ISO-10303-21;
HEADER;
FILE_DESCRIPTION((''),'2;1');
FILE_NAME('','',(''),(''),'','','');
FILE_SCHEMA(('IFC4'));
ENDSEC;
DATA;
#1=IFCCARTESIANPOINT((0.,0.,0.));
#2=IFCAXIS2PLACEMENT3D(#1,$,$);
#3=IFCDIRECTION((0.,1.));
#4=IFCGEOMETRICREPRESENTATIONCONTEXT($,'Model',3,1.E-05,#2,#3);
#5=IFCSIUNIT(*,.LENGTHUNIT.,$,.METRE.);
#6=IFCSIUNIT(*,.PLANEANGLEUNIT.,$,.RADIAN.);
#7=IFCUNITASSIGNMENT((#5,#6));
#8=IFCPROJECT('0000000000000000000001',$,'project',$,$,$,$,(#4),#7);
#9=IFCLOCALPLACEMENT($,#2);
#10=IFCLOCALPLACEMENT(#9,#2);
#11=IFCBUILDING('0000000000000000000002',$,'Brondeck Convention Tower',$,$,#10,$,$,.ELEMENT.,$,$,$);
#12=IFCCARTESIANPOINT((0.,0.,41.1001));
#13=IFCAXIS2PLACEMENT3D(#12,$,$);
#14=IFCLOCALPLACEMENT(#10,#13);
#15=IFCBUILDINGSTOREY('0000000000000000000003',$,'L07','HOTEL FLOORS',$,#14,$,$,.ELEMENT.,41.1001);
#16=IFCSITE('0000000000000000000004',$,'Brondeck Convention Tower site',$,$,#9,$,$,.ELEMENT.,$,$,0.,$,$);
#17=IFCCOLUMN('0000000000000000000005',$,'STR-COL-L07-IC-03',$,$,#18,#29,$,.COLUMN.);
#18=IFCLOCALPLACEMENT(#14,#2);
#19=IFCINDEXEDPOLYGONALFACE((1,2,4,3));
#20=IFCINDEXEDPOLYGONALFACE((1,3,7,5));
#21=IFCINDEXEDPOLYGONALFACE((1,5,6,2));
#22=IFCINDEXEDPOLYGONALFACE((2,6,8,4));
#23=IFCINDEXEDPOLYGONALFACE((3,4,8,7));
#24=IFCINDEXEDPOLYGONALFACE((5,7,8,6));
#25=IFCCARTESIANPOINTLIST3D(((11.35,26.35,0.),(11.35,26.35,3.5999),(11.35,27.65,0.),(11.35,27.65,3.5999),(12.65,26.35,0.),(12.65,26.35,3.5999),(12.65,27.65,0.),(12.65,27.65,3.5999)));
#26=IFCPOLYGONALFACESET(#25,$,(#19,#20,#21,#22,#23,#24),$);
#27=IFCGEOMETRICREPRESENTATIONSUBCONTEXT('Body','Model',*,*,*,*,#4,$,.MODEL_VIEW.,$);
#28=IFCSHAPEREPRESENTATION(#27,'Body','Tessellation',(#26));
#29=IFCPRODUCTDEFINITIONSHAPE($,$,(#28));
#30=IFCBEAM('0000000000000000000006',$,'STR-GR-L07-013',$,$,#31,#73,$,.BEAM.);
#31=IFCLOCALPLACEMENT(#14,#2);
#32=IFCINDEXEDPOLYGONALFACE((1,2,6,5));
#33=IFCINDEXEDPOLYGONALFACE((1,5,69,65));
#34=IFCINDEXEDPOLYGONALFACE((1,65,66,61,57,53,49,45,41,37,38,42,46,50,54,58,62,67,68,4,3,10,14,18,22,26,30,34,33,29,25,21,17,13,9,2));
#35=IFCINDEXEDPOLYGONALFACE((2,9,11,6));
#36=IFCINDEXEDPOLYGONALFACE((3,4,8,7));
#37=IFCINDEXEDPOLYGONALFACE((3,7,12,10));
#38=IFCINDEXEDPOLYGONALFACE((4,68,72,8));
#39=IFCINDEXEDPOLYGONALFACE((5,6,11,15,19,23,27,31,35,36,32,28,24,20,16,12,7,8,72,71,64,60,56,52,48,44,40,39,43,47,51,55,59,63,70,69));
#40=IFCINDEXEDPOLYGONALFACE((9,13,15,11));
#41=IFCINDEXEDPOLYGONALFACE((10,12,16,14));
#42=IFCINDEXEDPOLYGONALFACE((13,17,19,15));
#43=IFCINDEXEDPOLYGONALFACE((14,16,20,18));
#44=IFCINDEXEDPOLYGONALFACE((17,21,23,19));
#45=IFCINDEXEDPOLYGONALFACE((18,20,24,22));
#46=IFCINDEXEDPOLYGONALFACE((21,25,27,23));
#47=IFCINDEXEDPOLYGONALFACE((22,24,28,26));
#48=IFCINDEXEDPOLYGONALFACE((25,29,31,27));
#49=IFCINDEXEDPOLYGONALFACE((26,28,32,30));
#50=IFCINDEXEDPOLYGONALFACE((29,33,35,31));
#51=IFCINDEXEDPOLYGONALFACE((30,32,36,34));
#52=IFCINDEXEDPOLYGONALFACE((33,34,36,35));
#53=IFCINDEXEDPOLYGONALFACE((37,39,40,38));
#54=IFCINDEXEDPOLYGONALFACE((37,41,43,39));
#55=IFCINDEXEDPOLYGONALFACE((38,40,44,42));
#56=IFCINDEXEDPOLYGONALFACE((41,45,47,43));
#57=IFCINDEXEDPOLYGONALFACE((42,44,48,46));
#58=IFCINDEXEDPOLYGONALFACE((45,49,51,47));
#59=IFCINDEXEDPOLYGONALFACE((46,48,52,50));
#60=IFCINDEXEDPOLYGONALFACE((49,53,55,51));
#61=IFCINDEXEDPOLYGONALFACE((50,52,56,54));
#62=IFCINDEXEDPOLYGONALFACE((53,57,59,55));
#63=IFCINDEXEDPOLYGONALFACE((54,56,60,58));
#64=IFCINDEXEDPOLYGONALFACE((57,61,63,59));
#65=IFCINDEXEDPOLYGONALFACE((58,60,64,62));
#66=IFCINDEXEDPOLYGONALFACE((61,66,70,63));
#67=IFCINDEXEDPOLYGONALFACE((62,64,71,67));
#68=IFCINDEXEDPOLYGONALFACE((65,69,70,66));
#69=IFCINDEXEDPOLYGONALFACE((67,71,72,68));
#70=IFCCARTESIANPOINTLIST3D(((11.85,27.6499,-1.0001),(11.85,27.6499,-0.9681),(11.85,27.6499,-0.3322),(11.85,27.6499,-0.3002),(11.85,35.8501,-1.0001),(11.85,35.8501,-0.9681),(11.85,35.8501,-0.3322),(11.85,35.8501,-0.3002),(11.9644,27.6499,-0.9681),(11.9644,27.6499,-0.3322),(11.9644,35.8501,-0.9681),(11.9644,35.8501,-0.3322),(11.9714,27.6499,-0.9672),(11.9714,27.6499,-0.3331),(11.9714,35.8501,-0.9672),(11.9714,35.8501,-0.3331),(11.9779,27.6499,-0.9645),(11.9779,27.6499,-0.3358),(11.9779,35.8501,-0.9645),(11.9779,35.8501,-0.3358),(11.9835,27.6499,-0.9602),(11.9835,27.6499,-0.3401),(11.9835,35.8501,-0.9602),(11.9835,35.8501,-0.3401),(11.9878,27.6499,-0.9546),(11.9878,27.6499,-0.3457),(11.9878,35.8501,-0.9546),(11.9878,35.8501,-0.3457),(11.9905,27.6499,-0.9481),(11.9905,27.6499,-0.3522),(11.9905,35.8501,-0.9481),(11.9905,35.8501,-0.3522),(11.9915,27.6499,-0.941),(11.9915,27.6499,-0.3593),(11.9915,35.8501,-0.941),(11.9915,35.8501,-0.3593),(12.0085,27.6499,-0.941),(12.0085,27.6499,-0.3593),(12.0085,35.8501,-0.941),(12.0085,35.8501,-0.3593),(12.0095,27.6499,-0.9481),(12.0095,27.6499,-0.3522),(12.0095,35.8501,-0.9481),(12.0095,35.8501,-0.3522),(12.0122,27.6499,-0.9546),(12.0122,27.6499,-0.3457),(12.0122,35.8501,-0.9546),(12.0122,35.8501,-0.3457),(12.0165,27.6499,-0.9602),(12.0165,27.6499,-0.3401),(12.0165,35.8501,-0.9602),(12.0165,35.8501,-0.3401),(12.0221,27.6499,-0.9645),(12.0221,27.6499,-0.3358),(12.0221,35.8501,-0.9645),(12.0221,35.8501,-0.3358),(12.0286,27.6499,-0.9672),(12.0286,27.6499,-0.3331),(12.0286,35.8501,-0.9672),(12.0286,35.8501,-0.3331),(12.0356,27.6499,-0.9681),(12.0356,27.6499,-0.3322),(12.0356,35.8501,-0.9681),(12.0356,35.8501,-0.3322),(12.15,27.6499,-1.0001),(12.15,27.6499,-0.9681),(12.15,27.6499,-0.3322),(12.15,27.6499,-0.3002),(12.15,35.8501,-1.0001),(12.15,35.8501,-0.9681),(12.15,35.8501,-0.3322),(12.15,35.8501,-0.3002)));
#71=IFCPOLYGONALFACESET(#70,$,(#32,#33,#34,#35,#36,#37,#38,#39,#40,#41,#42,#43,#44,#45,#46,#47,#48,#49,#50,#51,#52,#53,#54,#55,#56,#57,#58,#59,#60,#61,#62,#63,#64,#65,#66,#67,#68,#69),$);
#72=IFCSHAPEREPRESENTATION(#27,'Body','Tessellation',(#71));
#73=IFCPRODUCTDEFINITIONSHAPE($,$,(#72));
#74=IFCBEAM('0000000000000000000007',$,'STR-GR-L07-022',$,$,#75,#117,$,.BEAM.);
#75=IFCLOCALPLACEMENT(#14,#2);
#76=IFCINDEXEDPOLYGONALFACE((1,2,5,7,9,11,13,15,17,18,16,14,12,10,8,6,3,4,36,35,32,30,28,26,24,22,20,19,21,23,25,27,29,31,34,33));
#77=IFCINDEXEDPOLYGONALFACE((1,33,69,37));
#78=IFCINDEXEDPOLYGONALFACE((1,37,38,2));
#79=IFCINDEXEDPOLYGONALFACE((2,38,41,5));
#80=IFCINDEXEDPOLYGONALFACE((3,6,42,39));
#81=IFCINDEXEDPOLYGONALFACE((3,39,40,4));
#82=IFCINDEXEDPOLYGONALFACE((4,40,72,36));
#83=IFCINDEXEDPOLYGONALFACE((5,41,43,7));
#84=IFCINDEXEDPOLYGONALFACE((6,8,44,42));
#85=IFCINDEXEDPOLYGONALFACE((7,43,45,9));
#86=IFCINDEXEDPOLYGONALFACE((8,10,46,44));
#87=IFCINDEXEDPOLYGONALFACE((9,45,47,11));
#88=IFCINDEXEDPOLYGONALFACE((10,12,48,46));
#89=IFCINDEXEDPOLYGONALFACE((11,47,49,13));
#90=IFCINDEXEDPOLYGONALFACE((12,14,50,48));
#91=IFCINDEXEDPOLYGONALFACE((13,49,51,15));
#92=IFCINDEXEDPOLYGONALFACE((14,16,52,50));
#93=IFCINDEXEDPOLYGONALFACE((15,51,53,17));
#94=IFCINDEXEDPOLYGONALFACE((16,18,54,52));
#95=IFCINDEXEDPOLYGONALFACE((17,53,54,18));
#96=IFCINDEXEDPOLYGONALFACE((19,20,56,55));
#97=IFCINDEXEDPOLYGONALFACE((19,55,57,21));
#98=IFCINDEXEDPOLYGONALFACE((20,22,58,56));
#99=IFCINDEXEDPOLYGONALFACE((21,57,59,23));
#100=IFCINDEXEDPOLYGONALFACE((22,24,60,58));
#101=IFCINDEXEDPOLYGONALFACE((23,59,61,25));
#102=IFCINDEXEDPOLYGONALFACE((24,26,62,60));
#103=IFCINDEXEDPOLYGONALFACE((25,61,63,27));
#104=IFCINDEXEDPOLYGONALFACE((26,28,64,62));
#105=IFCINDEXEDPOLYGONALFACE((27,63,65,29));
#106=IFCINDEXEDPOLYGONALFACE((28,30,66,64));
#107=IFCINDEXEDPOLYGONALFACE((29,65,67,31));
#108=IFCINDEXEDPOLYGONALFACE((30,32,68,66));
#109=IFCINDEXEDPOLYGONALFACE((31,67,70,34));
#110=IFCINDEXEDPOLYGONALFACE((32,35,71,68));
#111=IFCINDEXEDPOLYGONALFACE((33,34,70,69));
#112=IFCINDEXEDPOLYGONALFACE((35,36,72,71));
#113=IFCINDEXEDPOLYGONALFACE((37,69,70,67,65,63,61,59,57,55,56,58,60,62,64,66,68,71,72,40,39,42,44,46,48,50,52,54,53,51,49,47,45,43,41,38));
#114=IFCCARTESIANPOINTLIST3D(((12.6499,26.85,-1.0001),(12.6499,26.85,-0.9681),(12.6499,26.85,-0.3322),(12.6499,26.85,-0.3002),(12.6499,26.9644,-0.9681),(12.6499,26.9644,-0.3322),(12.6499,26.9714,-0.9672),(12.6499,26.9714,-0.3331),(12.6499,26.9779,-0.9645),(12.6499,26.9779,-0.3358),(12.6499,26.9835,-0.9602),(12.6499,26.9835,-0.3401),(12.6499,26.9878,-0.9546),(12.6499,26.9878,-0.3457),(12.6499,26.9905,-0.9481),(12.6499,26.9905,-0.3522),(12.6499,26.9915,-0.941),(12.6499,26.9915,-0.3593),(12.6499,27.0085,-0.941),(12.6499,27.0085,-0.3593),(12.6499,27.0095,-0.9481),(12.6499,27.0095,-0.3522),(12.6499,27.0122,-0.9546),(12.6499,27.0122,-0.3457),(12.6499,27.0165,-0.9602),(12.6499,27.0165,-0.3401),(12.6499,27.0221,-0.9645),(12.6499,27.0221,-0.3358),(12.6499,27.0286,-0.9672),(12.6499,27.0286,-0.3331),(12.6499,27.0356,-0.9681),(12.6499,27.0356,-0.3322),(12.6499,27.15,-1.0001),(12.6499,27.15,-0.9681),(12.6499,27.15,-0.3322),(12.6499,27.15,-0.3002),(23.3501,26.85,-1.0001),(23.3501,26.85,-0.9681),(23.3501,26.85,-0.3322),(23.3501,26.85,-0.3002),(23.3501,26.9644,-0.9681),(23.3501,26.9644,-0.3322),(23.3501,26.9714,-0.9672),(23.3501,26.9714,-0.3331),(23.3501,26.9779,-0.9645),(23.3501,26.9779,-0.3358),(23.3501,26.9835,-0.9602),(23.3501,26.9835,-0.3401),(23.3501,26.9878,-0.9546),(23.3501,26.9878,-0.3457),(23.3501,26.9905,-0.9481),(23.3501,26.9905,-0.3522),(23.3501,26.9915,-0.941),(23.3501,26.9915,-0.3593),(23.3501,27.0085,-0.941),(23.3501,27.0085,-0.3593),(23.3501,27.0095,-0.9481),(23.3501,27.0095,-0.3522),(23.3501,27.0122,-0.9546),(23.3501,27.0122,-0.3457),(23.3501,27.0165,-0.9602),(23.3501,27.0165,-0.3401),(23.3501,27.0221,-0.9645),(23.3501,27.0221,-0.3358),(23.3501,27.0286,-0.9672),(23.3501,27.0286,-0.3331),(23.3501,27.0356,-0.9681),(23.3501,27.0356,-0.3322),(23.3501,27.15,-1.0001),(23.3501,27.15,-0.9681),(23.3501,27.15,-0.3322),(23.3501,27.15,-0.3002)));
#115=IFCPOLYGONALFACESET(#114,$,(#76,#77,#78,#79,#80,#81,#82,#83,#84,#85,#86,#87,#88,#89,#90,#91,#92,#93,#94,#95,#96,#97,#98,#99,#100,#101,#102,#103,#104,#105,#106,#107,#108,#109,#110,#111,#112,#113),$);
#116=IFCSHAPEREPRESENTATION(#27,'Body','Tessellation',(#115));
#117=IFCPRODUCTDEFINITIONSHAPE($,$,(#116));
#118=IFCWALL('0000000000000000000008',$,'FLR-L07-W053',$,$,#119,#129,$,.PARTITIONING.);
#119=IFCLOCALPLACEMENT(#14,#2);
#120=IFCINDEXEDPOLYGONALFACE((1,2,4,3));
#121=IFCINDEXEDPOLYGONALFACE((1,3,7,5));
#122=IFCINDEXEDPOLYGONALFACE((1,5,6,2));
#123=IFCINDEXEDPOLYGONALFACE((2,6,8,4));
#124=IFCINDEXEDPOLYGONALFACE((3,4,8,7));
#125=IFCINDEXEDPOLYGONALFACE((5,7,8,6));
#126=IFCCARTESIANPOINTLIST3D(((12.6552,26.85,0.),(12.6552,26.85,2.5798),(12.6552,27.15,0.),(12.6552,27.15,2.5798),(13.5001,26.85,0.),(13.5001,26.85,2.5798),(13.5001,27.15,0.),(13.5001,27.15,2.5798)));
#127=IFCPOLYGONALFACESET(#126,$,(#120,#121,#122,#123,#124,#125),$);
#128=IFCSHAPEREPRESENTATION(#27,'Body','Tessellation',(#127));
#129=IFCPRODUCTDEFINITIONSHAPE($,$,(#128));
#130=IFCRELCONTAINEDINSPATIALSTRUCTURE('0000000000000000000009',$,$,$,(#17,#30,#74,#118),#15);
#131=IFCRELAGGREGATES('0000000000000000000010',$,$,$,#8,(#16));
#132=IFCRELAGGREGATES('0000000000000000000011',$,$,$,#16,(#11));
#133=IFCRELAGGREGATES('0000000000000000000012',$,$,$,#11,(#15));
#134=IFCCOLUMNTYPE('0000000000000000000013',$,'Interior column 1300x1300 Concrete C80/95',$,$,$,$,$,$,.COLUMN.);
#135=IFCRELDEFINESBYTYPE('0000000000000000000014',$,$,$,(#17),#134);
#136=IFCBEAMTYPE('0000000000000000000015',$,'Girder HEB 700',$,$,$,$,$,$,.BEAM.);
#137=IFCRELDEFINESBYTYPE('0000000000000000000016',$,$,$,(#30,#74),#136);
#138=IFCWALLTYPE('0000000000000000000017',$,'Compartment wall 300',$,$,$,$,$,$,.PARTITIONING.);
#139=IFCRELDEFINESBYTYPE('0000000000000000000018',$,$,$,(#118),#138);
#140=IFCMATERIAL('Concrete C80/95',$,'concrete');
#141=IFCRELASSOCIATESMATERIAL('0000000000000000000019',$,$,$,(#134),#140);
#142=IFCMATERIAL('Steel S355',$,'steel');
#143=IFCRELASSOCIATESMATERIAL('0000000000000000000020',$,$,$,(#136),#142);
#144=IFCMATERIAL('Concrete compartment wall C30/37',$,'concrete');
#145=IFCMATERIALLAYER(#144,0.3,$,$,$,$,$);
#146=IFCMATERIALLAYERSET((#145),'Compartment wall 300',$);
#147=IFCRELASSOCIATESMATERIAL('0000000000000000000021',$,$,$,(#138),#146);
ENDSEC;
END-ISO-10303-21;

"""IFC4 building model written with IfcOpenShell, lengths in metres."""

from ifc_helpers import new_model, si_unit, direction, frame, frame_2d, origin, origin_2d, place, context, subcontext, project, spatial, rectangle, i_section, extrude, material, layer, layer_set, material_profile, profile_set, type_object, element, save


model = new_model("IFC4")

# Units and contexts
model_context = context("Model", 3, precision=1e-05, world=origin(), true_north=direction((0.0, 1.0)))
body_context = subcontext(model_context, "Body", "Model", "MODEL_VIEW")
ifc_project = project(units=[si_unit("LENGTHUNIT", "METRE"), si_unit("PLANEANGLEUNIT", "RADIAN")], contexts=[model_context])

# Site, building, storey
site_placement = place(None, origin())
site = spatial("IfcSite", under=ifc_project, at=site_placement, Name="Brondeck Convention Tower site", CompositionType="ELEMENT", RefElevation=0.0)
building_placement = place(site_placement, origin())
building = spatial("IfcBuilding", under=site, at=building_placement, Name="Brondeck Convention Tower", CompositionType="ELEMENT")
storey_placement = place(building_placement, frame((0.0, 0.0, 41.1001)))
storey = spatial("IfcBuildingStorey", under=building, at=storey_placement, Name="L07", Description="HOTEL FLOORS", CompositionType="ELEMENT", Elevation=41.1001)

# Column
ifc_material_1 = material(Name="Concrete C80/95", Category="concrete")
ifc_material_profile_1 = material_profile(ifc_material_1, rectangle(XDim=1.3, YDim=1.3, at=origin_2d()), Name="Interior column 1300x1300 Concrete C80/95")
ifc_profile_set_1 = profile_set([ifc_material_profile_1], Name="Concrete C80/95")
column_type = type_object("IfcColumnType", Name="Interior column 1300x1300 Concrete C80/95", PredefinedType="COLUMN", material=ifc_profile_set_1)
column_placement = place(storey_placement, frame((12.0, 27.0, 0.0), z_axis=(0.0, 0.0, 1.0), x_axis=(1.0, 0.0, 0.0)))
element("IfcColumn", 1, at=column_placement, inside=storey, type_object=column_type, Name="STR-COL-L07-IC-03", PredefinedType="COLUMN", context=body_context, shape_type="SweptSolid", body=[
    extrude(rectangle(XDim=1.3, YDim=1.3, at=origin_2d()), origin(), (0.0, 0.0, 1.0), 3.5999),
])

# Beams
ifc_material_2 = material(Name="Steel S355", Category="steel")
ifc_material_profile_2 = material_profile(ifc_material_2, i_section(OverallWidth=0.3, OverallDepth=0.7, WebThickness=0.0171, FlangeThickness=0.032, FilletRadius=0.0271, at=origin_2d()), Name="HEB 700")
ifc_profile_set_2 = profile_set([ifc_material_profile_2], Name="Steel S355")
beam_type = type_object("IfcBeamType", Name="Girder HEB 700", PredefinedType="BEAM", material=ifc_profile_set_2)
beam_1_placement = place(storey_placement, frame((12.0, 35.8501, -0.6501), z_axis=(0.0, -1.0, 0.0), x_axis=(1.0, 0.0, 0.0)))
element("IfcBeam", 2, at=beam_1_placement, inside=storey, type_object=beam_type, Name="STR-GR-L07-013", PredefinedType="BEAM", context=body_context, shape_type="SweptSolid", body=[
    extrude(i_section(OverallWidth=0.3, OverallDepth=0.7, WebThickness=0.0171, FlangeThickness=0.032, FilletRadius=0.0271, at=origin_2d()), origin(), (0.0, 0.0, 1.0), 8.2002),
])
beam_2_placement = place(storey_placement, frame((12.6499, 27.0, -0.6501), z_axis=(1.0, 0.0, 0.0), x_axis=(0.0, 1.0, 0.0)))
element("IfcBeam", 3, at=beam_2_placement, inside=storey, type_object=beam_type, Name="STR-GR-L07-022", PredefinedType="BEAM", context=body_context, shape_type="SweptSolid", body=[
    extrude(i_section(OverallWidth=0.3, OverallDepth=0.7, WebThickness=0.0171, FlangeThickness=0.032, FilletRadius=0.0271, at=origin_2d()), origin(), (0.0, 0.0, 1.0), 10.7002),
])

# Wall
ifc_material_3 = material(Name="Concrete compartment wall C30/37", Category="concrete")
ifc_layer_1 = layer(ifc_material_3, 0.3)
ifc_layer_set_1 = layer_set([ifc_layer_1], Name="Compartment wall 300")
wall_type_1 = type_object("IfcWallType", Name="Compartment wall 300", PredefinedType="PARTITIONING", material=ifc_layer_set_1)
wall_1_placement = place(storey_placement, frame((13.5, 27.0, 0.0), z_axis=(0.0, 0.0, 1.0), x_axis=(-1.0, 0.0, 0.0)))
element("IfcWall", 4, at=wall_1_placement, inside=storey, type_object=wall_type_1, Name="FLR-L07-W053", PredefinedType="PARTITIONING", context=body_context, shape_type="SweptSolid", body=[
    extrude(rectangle(XDim=0.845, YDim=0.3, at=frame_2d((0.4224, 0.0))), origin(), (0.0, 0.0, 1.0), 2.5798),
])

save(model, "model.ifc")
